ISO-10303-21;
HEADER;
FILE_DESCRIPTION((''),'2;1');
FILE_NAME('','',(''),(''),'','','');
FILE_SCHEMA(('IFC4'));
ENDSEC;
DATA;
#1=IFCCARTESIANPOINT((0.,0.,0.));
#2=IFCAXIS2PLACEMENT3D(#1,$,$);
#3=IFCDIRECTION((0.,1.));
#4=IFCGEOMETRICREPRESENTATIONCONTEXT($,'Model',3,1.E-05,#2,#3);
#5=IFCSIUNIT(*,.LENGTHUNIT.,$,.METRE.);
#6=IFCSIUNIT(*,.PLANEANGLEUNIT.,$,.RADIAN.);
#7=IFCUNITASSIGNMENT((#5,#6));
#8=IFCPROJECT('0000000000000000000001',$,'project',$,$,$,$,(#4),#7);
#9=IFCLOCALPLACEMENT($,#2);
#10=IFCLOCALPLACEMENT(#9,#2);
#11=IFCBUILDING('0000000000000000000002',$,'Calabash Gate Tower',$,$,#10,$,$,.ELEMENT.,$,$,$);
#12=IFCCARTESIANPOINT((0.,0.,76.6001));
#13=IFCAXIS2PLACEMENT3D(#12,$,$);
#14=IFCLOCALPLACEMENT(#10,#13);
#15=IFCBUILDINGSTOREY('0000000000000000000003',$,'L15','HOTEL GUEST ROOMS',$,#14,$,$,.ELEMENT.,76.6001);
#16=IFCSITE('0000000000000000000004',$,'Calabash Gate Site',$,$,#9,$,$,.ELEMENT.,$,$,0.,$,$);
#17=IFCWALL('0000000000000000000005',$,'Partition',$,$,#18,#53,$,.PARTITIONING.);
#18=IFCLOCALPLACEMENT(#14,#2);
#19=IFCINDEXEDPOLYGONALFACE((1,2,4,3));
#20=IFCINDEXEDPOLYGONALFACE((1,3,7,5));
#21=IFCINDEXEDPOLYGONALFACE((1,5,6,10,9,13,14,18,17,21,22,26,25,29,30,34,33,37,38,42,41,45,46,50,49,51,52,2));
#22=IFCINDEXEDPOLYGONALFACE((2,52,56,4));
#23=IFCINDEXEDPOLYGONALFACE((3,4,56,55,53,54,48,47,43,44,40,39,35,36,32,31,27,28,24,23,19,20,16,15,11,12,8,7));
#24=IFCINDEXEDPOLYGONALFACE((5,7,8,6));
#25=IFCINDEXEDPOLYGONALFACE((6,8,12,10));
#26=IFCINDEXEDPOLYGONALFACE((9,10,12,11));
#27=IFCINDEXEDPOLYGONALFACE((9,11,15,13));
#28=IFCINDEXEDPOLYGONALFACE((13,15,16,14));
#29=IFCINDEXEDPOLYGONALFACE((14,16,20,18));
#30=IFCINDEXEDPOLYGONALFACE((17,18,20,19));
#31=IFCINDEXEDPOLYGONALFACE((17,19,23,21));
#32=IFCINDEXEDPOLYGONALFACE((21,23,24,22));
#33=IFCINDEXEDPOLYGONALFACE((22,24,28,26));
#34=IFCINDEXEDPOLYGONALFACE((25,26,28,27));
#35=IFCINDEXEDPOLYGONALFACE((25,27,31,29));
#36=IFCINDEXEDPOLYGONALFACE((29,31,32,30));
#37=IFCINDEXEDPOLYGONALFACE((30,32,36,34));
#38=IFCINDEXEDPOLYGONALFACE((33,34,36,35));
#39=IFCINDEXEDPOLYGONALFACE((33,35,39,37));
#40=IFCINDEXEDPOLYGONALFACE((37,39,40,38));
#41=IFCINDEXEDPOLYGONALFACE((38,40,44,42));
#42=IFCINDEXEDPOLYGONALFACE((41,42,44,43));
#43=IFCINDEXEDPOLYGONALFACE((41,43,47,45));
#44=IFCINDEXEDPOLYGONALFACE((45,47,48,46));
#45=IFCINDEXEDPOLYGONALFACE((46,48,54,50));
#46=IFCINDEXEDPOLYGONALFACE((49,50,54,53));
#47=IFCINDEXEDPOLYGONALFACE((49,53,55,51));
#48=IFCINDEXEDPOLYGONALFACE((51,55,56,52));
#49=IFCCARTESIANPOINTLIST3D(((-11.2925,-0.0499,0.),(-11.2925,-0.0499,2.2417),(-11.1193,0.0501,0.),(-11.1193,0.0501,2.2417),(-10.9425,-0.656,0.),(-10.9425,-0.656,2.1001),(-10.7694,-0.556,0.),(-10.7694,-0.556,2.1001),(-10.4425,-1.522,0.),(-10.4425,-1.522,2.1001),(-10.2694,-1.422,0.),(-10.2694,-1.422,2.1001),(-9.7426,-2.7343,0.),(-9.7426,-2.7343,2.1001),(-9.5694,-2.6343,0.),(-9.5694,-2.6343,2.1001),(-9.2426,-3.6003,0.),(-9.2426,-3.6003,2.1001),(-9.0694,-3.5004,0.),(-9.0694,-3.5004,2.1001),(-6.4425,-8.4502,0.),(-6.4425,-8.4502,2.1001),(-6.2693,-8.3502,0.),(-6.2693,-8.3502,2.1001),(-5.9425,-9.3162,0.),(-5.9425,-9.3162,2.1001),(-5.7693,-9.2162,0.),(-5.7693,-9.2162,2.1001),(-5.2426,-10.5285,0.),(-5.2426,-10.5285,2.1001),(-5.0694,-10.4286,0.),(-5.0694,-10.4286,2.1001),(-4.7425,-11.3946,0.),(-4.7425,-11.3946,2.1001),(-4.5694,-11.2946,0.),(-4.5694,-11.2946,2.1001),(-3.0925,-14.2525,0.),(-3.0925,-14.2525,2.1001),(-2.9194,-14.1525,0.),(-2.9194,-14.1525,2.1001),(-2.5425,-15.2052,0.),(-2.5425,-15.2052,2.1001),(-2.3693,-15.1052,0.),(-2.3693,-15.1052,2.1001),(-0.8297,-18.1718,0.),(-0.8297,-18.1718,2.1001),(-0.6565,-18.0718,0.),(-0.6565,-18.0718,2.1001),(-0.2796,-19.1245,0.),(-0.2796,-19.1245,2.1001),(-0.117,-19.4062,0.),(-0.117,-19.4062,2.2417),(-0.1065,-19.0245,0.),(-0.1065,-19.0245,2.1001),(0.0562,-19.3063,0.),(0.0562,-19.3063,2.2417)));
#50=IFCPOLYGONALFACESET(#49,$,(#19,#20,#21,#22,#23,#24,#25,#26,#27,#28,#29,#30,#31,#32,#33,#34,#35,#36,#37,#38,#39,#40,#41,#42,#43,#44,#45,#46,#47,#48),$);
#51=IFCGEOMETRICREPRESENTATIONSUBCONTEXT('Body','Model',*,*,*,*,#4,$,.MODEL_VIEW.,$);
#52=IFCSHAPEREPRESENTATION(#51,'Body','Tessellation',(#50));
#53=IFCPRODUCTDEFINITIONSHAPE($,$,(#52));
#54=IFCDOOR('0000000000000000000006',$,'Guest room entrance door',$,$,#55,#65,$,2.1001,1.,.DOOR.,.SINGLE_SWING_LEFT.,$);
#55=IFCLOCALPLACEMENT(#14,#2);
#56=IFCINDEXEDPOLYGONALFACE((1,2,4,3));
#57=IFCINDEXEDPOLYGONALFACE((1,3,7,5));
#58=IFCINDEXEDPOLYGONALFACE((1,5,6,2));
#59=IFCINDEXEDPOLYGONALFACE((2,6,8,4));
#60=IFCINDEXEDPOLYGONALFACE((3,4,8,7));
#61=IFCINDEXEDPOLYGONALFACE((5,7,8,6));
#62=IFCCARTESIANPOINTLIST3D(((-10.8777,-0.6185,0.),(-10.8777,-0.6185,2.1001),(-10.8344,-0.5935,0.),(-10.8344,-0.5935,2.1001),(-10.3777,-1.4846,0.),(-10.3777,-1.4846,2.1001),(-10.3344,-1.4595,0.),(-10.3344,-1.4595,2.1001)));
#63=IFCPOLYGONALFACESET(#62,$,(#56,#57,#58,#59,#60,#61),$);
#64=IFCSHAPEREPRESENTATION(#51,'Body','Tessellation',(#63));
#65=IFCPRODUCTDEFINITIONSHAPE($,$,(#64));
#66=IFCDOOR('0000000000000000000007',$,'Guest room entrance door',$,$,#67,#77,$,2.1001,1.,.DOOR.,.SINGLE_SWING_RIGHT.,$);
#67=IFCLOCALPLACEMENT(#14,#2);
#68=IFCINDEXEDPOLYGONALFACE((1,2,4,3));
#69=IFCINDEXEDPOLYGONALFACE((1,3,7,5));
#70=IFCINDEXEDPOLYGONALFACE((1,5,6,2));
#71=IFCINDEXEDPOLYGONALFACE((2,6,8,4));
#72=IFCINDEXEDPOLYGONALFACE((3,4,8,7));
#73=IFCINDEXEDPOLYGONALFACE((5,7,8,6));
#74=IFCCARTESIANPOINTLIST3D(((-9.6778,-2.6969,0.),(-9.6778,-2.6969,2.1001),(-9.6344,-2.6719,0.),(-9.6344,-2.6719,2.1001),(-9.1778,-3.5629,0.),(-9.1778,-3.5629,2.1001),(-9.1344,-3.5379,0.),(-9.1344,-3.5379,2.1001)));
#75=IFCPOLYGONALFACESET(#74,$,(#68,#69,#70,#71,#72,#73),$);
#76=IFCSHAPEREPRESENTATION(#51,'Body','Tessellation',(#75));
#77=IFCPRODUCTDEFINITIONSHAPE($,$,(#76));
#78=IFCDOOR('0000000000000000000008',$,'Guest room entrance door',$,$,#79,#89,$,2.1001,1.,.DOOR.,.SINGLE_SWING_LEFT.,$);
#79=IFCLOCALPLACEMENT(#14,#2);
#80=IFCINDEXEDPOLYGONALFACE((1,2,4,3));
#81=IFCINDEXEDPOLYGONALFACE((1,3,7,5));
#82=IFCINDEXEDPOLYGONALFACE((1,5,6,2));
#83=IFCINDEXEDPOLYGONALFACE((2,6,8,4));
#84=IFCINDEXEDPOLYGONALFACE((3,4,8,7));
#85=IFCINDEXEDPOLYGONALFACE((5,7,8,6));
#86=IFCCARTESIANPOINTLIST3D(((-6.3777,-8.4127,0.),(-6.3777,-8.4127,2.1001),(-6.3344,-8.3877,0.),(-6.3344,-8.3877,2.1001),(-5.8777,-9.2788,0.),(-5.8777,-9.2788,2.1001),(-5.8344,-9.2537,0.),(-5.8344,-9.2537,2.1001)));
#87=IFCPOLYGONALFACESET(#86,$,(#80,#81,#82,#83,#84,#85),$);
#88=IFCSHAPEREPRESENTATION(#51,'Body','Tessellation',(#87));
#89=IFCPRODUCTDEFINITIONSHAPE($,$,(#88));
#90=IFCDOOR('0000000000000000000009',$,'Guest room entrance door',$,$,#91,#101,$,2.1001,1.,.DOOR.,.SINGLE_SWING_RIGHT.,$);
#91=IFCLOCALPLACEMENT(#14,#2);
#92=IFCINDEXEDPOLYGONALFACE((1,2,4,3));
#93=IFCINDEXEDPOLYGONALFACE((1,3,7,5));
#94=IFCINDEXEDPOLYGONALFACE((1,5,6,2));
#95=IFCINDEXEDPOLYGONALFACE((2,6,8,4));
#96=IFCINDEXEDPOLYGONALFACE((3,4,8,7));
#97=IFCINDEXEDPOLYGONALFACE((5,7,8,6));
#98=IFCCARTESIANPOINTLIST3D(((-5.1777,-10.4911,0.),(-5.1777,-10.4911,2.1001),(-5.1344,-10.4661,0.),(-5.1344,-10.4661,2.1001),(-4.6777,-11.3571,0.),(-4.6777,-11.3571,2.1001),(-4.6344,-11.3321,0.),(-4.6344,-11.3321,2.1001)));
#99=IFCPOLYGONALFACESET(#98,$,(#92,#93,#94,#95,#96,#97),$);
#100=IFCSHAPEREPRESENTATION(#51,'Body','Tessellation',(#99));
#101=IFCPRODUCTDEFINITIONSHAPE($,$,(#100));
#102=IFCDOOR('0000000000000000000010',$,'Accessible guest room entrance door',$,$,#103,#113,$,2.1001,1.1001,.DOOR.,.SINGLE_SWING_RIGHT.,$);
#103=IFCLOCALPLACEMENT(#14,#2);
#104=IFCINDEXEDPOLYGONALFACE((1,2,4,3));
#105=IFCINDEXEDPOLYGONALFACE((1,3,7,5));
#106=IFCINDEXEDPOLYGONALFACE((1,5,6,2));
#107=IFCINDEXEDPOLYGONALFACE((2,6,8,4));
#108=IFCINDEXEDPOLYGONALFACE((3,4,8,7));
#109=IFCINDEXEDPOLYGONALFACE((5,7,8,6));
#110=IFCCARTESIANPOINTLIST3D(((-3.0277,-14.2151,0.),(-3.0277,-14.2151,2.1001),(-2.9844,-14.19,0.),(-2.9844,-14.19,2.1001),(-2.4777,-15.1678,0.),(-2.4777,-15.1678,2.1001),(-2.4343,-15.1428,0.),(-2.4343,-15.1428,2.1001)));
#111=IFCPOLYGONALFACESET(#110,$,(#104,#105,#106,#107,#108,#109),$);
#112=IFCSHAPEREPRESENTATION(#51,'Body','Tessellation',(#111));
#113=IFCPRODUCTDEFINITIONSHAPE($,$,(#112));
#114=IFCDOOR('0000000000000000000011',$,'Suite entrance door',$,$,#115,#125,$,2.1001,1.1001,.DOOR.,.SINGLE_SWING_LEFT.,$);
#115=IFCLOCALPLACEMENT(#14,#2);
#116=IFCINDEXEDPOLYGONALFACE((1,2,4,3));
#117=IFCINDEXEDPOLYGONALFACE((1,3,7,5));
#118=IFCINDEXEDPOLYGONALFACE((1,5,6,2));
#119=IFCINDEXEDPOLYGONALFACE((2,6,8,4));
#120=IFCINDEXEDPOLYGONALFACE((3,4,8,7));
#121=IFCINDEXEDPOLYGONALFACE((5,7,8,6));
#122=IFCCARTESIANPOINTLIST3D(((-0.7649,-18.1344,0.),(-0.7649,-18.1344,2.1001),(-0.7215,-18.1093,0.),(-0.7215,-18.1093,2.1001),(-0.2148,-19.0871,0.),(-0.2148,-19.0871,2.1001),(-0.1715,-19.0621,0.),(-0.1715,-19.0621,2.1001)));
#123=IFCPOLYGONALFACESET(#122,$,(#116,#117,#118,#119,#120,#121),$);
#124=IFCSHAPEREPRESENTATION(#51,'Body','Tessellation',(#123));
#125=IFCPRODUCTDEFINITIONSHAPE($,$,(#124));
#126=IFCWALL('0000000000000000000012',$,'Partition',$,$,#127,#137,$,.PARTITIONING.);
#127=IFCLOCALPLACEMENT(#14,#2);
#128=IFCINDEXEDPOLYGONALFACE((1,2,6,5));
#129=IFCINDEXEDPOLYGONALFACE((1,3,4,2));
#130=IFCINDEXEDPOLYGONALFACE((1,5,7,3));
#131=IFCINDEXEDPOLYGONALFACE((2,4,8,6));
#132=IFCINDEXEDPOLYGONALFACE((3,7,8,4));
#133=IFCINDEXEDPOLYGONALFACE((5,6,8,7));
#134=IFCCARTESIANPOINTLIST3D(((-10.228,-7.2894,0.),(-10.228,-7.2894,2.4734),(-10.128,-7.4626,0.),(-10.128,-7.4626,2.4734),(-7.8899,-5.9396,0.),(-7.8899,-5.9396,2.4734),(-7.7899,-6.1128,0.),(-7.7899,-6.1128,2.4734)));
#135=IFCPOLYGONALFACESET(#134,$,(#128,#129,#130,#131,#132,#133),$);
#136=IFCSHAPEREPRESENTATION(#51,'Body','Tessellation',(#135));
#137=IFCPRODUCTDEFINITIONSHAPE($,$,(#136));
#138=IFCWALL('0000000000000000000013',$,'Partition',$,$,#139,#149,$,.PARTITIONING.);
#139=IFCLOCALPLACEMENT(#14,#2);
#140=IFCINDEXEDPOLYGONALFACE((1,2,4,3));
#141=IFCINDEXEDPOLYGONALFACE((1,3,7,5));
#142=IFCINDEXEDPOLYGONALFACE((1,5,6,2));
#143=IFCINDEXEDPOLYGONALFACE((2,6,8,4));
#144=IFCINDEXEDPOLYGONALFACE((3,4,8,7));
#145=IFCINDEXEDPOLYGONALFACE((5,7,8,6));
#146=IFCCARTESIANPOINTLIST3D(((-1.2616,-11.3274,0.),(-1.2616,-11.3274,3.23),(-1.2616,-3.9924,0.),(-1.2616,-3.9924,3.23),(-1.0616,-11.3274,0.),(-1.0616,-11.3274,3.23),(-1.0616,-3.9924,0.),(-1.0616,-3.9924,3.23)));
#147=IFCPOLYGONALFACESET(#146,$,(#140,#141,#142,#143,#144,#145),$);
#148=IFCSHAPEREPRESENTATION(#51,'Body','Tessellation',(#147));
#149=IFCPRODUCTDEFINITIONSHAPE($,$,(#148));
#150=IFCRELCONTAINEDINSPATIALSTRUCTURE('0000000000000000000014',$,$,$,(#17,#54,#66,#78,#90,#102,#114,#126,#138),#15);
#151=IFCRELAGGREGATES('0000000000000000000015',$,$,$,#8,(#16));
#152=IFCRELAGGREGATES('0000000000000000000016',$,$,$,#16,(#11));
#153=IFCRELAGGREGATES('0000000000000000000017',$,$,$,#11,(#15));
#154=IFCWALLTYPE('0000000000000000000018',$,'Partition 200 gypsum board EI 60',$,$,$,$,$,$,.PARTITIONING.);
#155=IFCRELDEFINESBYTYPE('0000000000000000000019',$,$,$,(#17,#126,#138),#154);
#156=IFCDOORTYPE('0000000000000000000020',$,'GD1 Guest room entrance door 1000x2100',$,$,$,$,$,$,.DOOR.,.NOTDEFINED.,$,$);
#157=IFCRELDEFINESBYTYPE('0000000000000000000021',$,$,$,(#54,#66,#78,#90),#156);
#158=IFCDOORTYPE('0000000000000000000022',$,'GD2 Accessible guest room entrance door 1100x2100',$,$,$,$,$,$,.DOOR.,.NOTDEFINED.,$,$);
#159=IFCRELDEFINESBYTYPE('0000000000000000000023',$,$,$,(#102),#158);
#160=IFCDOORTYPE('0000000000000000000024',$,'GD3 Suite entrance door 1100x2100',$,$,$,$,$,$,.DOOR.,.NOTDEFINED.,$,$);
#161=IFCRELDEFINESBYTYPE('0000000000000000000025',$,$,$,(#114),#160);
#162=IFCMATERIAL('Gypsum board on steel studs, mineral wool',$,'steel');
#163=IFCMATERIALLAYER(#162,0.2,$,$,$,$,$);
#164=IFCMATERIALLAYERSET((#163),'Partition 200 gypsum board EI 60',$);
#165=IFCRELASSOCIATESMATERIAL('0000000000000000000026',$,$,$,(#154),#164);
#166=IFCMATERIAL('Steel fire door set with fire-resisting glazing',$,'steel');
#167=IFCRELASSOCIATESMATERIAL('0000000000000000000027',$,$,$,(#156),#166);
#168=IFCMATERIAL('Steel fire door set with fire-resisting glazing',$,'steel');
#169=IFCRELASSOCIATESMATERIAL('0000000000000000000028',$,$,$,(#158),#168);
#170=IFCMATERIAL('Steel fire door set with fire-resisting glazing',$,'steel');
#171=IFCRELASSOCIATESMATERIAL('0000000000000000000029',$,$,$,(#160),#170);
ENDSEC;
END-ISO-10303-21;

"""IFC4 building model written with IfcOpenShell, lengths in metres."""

from ifc_helpers import new_model, si_unit, direction, frame, frame_2d, origin, place, context, subcontext, project, spatial, rectangle, extrude, material, layer, layer_set, type_object, element, fill, save


model = new_model("IFC4")

# Units and contexts
model_context = context("Model", 3, precision=1e-05, world=origin(), true_north=direction((0.0, 1.0)))
body_context = subcontext(model_context, "Body", "Model", "MODEL_VIEW")
ifc_project = project(units=[si_unit("LENGTHUNIT", "METRE"), si_unit("PLANEANGLEUNIT", "RADIAN")], contexts=[model_context])

# Site, building, storey
site_placement = place(None, origin())
site = spatial("IfcSite", under=ifc_project, at=site_placement, Name="Calabash Gate Site", CompositionType="ELEMENT", RefElevation=0.0)
building_placement = place(site_placement, origin())
building = spatial("IfcBuilding", under=site, at=building_placement, Name="Calabash Gate Tower", CompositionType="ELEMENT")
storey_placement = place(building_placement, frame((0.0, 0.0, 76.6001)))
storey = spatial("IfcBuildingStorey", under=building, at=storey_placement, Name="L15", Description="HOTEL GUEST ROOMS", CompositionType="ELEMENT", Elevation=76.6001)

# Wall, openings, doors
ifc_material_1 = material(Name="Gypsum board on steel studs, mineral wool", Category="steel")
ifc_layer_1 = layer(ifc_material_1, 0.2)
ifc_layer_set_1 = layer_set([ifc_layer_1], Name="Partition 200 gypsum board EI 60")
wall_type_1 = type_object("IfcWallType", Name="Partition 200 gypsum board EI 60", PredefinedType="PARTITIONING", material=ifc_layer_set_1)
wall_1_placement = place(storey_placement, frame((-11.2058, 0.0, 0.0), z_axis=(0.0, 0.0, 1.0), x_axis=(0.500003, -0.866024, 0.0)))
wall_1 = element("IfcWall", 1, at=wall_1_placement, inside=storey, type_object=wall_type_1, Name="Partition", PredefinedType="PARTITIONING", context=body_context, shape_type="SweptSolid", body=[
    extrude(rectangle(XDim=22.3508, YDim=0.2, at=frame_2d((11.1753, 0.0))), origin(), (0.0, 0.0, 1.0), 2.2417),
])
opening_1_placement = place(wall_1_placement, frame((0.6997, 0.0, 0.0)))
opening_1 = element("IfcOpeningElement", 2, at=opening_1_placement, cuts=wall_1, PredefinedType="OPENING", context=body_context, shape_type="SweptSolid", body=[
    extrude(rectangle(XDim=1.0, YDim=2.1001, at=frame_2d((0.5, 1.05))), frame((0.0, 0.1099, 0.0), z_axis=(0.0, -1.0, 0.0), x_axis=(1.0, 0.0, 0.0)), (0.0, 0.0, 1.0), 0.22),
])
opening_2_placement = place(wall_1_placement, frame((3.0996, 0.0, 0.0)))
opening_2 = element("IfcOpeningElement", 3, at=opening_2_placement, cuts=wall_1, PredefinedType="OPENING", context=body_context, shape_type="SweptSolid", body=[
    extrude(rectangle(XDim=1.0, YDim=2.1001, at=frame_2d((0.5, 1.05))), frame((0.0, 0.1099, 0.0), z_axis=(0.0, -1.0, 0.0), x_axis=(1.0, 0.0, 0.0)), (0.0, 0.0, 1.0), 0.22),
])
opening_3_placement = place(wall_1_placement, frame((9.6997, 0.0, 0.0)))
opening_3 = element("IfcOpeningElement", 4, at=opening_3_placement, cuts=wall_1, PredefinedType="OPENING", context=body_context, shape_type="SweptSolid", body=[
    extrude(rectangle(XDim=1.0, YDim=2.1001, at=frame_2d((0.5, 1.05))), frame((0.0, 0.1099, 0.0), z_axis=(0.0, -1.0, 0.0), x_axis=(1.0, 0.0, 0.0)), (0.0, 0.0, 1.0), 0.22),
])
opening_4_placement = place(wall_1_placement, frame((12.0996, 0.0, 0.0)))
opening_4 = element("IfcOpeningElement", 5, at=opening_4_placement, cuts=wall_1, PredefinedType="OPENING", context=body_context, shape_type="SweptSolid", body=[
    extrude(rectangle(XDim=1.0, YDim=2.1001, at=frame_2d((0.5, 1.05))), frame((0.0, 0.1099, 0.0), z_axis=(0.0, -1.0, 0.0), x_axis=(1.0, 0.0, 0.0)), (0.0, 0.0, 1.0), 0.22),
])
opening_5_placement = place(wall_1_placement, frame((16.3997, 0.0, 0.0)))
opening_5 = element("IfcOpeningElement", 6, at=opening_5_placement, cuts=wall_1, PredefinedType="OPENING", context=body_context, shape_type="SweptSolid", body=[
    extrude(rectangle(XDim=1.1001, YDim=2.1001, at=frame_2d((0.55, 1.05))), frame((0.0, 0.1099, 0.0), z_axis=(0.0, -1.0, 0.0), x_axis=(1.0, 0.0, 0.0)), (0.0, 0.0, 1.0), 0.22),
])
opening_6_placement = place(wall_1_placement, frame((20.9253, 0.0, 0.0)))
opening_6 = element("IfcOpeningElement", 7, at=opening_6_placement, cuts=wall_1, PredefinedType="OPENING", context=body_context, shape_type="SweptSolid", body=[
    extrude(rectangle(XDim=1.1001, YDim=2.1001, at=frame_2d((0.55, 1.05))), frame((0.0, 0.1099, 0.0), z_axis=(0.0, -1.0, 0.0), x_axis=(1.0, 0.0, 0.0)), (0.0, 0.0, 1.0), 0.22),
])
ifc_material_2 = material(Name="Steel fire door set with fire-resisting glazing", Category="steel")
door_type_1 = type_object("IfcDoorType", Name="GD1 Guest room entrance door 1000x2100", OperationType="NOTDEFINED", PredefinedType="DOOR", material=ifc_material_2)
door_1_placement = place(opening_1_placement, origin())
door_1 = element("IfcDoor", 8, at=door_1_placement, inside=storey, type_object=door_type_1, Name="Guest room entrance door", OperationType="SINGLE_SWING_LEFT", OverallHeight=2.1001, OverallWidth=1.0, PredefinedType="DOOR", context=body_context, shape_type="SweptSolid", body=[
    extrude(rectangle(XDim=1.0, YDim=2.1001, at=frame_2d((0.5, 1.05))), frame((0.0, 0.0249, 0.0), z_axis=(0.0, -1.0, 0.0), x_axis=(1.0, 0.0, 0.0)), (0.0, 0.0, 1.0), 0.05),
])
fill(opening_1, door_1)
door_2_placement = place(opening_2_placement, origin())
door_2 = element("IfcDoor", 9, at=door_2_placement, inside=storey, type_object=door_type_1, Name="Guest room entrance door", OperationType="SINGLE_SWING_RIGHT", OverallHeight=2.1001, OverallWidth=1.0, PredefinedType="DOOR", context=body_context, shape_type="SweptSolid", body=[
    extrude(rectangle(XDim=1.0, YDim=2.1001, at=frame_2d((0.5, 1.05))), frame((0.0, 0.0249, 0.0), z_axis=(0.0, -1.0, 0.0), x_axis=(1.0, 0.0, 0.0)), (0.0, 0.0, 1.0), 0.05),
])
fill(opening_2, door_2)
door_3_placement = place(opening_3_placement, origin())
door_3 = element("IfcDoor", 10, at=door_3_placement, inside=storey, type_object=door_type_1, Name="Guest room entrance door", OperationType="SINGLE_SWING_LEFT", OverallHeight=2.1001, OverallWidth=1.0, PredefinedType="DOOR", context=body_context, shape_type="SweptSolid", body=[
    extrude(rectangle(XDim=1.0, YDim=2.1001, at=frame_2d((0.5, 1.05))), frame((0.0, 0.0249, 0.0), z_axis=(0.0, -1.0, 0.0), x_axis=(1.0, 0.0, 0.0)), (0.0, 0.0, 1.0), 0.05),
])
fill(opening_3, door_3)
door_4_placement = place(opening_4_placement, origin())
door_4 = element("IfcDoor", 11, at=door_4_placement, inside=storey, type_object=door_type_1, Name="Guest room entrance door", OperationType="SINGLE_SWING_RIGHT", OverallHeight=2.1001, OverallWidth=1.0, PredefinedType="DOOR", context=body_context, shape_type="SweptSolid", body=[
    extrude(rectangle(XDim=1.0, YDim=2.1001, at=frame_2d((0.5, 1.05))), frame((0.0, 0.0249, 0.0), z_axis=(0.0, -1.0, 0.0), x_axis=(1.0, 0.0, 0.0)), (0.0, 0.0, 1.0), 0.05),
])
fill(opening_4, door_4)
ifc_material_3 = material(Name="Steel fire door set with fire-resisting glazing", Category="steel")
door_type_2 = type_object("IfcDoorType", Name="GD2 Accessible guest room entrance door 1100x2100", OperationType="NOTDEFINED", PredefinedType="DOOR", material=ifc_material_3)
door_5_placement = place(opening_5_placement, origin())
door_5 = element("IfcDoor", 12, at=door_5_placement, inside=storey, type_object=door_type_2, Name="Accessible guest room entrance door", OperationType="SINGLE_SWING_RIGHT", OverallHeight=2.1001, OverallWidth=1.1001, PredefinedType="DOOR", context=body_context, shape_type="SweptSolid", body=[
    extrude(rectangle(XDim=1.1001, YDim=2.1001, at=frame_2d((0.55, 1.05))), frame((0.0, 0.0249, 0.0), z_axis=(0.0, -1.0, 0.0), x_axis=(1.0, 0.0, 0.0)), (0.0, 0.0, 1.0), 0.05),
])
fill(opening_5, door_5)
ifc_material_4 = material(Name="Steel fire door set with fire-resisting glazing", Category="steel")
door_type_3 = type_object("IfcDoorType", Name="GD3 Suite entrance door 1100x2100", OperationType="NOTDEFINED", PredefinedType="DOOR", material=ifc_material_4)
door_6_placement = place(opening_6_placement, origin())
door_6 = element("IfcDoor", 13, at=door_6_placement, inside=storey, type_object=door_type_3, Name="Suite entrance door", OperationType="SINGLE_SWING_LEFT", OverallHeight=2.1001, OverallWidth=1.1001, PredefinedType="DOOR", context=body_context, shape_type="SweptSolid", body=[
    extrude(rectangle(XDim=1.1001, YDim=2.1001, at=frame_2d((0.55, 1.05))), frame((0.0, 0.0249, 0.0), z_axis=(0.0, -1.0, 0.0), x_axis=(1.0, 0.0, 0.0)), (0.0, 0.0, 1.0), 0.05),
])
fill(opening_6, door_6)

# Walls
wall_2_placement = place(storey_placement, frame((-10.178, -7.376, 0.0), z_axis=(0.0, 0.0, 1.0), x_axis=(0.866037, 0.499981, 0.0)))
element("IfcWall", 14, at=wall_2_placement, inside=storey, type_object=wall_type_1, Name="Partition", PredefinedType="PARTITIONING", context=body_context, shape_type="SweptSolid", body=[
    extrude(rectangle(XDim=2.6997, YDim=0.2, at=frame_2d((1.3499, 0.0))), origin(), (0.0, 0.0, 1.0), 2.4734),
])
wall_3_placement = place(storey_placement, frame((-1.1616, -11.3274, 0.0), z_axis=(0.0, 0.0, 1.0), x_axis=(0.0, 1.0, 0.0)))
element("IfcWall", 15, at=wall_3_placement, inside=storey, type_object=wall_type_1, Name="Partition", PredefinedType="PARTITIONING", context=body_context, shape_type="SweptSolid", body=[
    extrude(rectangle(XDim=7.335, YDim=0.2, at=frame_2d((3.6675, 0.0))), origin(), (0.0, 0.0, 1.0), 3.23),
])

save(model, "model.ifc")
